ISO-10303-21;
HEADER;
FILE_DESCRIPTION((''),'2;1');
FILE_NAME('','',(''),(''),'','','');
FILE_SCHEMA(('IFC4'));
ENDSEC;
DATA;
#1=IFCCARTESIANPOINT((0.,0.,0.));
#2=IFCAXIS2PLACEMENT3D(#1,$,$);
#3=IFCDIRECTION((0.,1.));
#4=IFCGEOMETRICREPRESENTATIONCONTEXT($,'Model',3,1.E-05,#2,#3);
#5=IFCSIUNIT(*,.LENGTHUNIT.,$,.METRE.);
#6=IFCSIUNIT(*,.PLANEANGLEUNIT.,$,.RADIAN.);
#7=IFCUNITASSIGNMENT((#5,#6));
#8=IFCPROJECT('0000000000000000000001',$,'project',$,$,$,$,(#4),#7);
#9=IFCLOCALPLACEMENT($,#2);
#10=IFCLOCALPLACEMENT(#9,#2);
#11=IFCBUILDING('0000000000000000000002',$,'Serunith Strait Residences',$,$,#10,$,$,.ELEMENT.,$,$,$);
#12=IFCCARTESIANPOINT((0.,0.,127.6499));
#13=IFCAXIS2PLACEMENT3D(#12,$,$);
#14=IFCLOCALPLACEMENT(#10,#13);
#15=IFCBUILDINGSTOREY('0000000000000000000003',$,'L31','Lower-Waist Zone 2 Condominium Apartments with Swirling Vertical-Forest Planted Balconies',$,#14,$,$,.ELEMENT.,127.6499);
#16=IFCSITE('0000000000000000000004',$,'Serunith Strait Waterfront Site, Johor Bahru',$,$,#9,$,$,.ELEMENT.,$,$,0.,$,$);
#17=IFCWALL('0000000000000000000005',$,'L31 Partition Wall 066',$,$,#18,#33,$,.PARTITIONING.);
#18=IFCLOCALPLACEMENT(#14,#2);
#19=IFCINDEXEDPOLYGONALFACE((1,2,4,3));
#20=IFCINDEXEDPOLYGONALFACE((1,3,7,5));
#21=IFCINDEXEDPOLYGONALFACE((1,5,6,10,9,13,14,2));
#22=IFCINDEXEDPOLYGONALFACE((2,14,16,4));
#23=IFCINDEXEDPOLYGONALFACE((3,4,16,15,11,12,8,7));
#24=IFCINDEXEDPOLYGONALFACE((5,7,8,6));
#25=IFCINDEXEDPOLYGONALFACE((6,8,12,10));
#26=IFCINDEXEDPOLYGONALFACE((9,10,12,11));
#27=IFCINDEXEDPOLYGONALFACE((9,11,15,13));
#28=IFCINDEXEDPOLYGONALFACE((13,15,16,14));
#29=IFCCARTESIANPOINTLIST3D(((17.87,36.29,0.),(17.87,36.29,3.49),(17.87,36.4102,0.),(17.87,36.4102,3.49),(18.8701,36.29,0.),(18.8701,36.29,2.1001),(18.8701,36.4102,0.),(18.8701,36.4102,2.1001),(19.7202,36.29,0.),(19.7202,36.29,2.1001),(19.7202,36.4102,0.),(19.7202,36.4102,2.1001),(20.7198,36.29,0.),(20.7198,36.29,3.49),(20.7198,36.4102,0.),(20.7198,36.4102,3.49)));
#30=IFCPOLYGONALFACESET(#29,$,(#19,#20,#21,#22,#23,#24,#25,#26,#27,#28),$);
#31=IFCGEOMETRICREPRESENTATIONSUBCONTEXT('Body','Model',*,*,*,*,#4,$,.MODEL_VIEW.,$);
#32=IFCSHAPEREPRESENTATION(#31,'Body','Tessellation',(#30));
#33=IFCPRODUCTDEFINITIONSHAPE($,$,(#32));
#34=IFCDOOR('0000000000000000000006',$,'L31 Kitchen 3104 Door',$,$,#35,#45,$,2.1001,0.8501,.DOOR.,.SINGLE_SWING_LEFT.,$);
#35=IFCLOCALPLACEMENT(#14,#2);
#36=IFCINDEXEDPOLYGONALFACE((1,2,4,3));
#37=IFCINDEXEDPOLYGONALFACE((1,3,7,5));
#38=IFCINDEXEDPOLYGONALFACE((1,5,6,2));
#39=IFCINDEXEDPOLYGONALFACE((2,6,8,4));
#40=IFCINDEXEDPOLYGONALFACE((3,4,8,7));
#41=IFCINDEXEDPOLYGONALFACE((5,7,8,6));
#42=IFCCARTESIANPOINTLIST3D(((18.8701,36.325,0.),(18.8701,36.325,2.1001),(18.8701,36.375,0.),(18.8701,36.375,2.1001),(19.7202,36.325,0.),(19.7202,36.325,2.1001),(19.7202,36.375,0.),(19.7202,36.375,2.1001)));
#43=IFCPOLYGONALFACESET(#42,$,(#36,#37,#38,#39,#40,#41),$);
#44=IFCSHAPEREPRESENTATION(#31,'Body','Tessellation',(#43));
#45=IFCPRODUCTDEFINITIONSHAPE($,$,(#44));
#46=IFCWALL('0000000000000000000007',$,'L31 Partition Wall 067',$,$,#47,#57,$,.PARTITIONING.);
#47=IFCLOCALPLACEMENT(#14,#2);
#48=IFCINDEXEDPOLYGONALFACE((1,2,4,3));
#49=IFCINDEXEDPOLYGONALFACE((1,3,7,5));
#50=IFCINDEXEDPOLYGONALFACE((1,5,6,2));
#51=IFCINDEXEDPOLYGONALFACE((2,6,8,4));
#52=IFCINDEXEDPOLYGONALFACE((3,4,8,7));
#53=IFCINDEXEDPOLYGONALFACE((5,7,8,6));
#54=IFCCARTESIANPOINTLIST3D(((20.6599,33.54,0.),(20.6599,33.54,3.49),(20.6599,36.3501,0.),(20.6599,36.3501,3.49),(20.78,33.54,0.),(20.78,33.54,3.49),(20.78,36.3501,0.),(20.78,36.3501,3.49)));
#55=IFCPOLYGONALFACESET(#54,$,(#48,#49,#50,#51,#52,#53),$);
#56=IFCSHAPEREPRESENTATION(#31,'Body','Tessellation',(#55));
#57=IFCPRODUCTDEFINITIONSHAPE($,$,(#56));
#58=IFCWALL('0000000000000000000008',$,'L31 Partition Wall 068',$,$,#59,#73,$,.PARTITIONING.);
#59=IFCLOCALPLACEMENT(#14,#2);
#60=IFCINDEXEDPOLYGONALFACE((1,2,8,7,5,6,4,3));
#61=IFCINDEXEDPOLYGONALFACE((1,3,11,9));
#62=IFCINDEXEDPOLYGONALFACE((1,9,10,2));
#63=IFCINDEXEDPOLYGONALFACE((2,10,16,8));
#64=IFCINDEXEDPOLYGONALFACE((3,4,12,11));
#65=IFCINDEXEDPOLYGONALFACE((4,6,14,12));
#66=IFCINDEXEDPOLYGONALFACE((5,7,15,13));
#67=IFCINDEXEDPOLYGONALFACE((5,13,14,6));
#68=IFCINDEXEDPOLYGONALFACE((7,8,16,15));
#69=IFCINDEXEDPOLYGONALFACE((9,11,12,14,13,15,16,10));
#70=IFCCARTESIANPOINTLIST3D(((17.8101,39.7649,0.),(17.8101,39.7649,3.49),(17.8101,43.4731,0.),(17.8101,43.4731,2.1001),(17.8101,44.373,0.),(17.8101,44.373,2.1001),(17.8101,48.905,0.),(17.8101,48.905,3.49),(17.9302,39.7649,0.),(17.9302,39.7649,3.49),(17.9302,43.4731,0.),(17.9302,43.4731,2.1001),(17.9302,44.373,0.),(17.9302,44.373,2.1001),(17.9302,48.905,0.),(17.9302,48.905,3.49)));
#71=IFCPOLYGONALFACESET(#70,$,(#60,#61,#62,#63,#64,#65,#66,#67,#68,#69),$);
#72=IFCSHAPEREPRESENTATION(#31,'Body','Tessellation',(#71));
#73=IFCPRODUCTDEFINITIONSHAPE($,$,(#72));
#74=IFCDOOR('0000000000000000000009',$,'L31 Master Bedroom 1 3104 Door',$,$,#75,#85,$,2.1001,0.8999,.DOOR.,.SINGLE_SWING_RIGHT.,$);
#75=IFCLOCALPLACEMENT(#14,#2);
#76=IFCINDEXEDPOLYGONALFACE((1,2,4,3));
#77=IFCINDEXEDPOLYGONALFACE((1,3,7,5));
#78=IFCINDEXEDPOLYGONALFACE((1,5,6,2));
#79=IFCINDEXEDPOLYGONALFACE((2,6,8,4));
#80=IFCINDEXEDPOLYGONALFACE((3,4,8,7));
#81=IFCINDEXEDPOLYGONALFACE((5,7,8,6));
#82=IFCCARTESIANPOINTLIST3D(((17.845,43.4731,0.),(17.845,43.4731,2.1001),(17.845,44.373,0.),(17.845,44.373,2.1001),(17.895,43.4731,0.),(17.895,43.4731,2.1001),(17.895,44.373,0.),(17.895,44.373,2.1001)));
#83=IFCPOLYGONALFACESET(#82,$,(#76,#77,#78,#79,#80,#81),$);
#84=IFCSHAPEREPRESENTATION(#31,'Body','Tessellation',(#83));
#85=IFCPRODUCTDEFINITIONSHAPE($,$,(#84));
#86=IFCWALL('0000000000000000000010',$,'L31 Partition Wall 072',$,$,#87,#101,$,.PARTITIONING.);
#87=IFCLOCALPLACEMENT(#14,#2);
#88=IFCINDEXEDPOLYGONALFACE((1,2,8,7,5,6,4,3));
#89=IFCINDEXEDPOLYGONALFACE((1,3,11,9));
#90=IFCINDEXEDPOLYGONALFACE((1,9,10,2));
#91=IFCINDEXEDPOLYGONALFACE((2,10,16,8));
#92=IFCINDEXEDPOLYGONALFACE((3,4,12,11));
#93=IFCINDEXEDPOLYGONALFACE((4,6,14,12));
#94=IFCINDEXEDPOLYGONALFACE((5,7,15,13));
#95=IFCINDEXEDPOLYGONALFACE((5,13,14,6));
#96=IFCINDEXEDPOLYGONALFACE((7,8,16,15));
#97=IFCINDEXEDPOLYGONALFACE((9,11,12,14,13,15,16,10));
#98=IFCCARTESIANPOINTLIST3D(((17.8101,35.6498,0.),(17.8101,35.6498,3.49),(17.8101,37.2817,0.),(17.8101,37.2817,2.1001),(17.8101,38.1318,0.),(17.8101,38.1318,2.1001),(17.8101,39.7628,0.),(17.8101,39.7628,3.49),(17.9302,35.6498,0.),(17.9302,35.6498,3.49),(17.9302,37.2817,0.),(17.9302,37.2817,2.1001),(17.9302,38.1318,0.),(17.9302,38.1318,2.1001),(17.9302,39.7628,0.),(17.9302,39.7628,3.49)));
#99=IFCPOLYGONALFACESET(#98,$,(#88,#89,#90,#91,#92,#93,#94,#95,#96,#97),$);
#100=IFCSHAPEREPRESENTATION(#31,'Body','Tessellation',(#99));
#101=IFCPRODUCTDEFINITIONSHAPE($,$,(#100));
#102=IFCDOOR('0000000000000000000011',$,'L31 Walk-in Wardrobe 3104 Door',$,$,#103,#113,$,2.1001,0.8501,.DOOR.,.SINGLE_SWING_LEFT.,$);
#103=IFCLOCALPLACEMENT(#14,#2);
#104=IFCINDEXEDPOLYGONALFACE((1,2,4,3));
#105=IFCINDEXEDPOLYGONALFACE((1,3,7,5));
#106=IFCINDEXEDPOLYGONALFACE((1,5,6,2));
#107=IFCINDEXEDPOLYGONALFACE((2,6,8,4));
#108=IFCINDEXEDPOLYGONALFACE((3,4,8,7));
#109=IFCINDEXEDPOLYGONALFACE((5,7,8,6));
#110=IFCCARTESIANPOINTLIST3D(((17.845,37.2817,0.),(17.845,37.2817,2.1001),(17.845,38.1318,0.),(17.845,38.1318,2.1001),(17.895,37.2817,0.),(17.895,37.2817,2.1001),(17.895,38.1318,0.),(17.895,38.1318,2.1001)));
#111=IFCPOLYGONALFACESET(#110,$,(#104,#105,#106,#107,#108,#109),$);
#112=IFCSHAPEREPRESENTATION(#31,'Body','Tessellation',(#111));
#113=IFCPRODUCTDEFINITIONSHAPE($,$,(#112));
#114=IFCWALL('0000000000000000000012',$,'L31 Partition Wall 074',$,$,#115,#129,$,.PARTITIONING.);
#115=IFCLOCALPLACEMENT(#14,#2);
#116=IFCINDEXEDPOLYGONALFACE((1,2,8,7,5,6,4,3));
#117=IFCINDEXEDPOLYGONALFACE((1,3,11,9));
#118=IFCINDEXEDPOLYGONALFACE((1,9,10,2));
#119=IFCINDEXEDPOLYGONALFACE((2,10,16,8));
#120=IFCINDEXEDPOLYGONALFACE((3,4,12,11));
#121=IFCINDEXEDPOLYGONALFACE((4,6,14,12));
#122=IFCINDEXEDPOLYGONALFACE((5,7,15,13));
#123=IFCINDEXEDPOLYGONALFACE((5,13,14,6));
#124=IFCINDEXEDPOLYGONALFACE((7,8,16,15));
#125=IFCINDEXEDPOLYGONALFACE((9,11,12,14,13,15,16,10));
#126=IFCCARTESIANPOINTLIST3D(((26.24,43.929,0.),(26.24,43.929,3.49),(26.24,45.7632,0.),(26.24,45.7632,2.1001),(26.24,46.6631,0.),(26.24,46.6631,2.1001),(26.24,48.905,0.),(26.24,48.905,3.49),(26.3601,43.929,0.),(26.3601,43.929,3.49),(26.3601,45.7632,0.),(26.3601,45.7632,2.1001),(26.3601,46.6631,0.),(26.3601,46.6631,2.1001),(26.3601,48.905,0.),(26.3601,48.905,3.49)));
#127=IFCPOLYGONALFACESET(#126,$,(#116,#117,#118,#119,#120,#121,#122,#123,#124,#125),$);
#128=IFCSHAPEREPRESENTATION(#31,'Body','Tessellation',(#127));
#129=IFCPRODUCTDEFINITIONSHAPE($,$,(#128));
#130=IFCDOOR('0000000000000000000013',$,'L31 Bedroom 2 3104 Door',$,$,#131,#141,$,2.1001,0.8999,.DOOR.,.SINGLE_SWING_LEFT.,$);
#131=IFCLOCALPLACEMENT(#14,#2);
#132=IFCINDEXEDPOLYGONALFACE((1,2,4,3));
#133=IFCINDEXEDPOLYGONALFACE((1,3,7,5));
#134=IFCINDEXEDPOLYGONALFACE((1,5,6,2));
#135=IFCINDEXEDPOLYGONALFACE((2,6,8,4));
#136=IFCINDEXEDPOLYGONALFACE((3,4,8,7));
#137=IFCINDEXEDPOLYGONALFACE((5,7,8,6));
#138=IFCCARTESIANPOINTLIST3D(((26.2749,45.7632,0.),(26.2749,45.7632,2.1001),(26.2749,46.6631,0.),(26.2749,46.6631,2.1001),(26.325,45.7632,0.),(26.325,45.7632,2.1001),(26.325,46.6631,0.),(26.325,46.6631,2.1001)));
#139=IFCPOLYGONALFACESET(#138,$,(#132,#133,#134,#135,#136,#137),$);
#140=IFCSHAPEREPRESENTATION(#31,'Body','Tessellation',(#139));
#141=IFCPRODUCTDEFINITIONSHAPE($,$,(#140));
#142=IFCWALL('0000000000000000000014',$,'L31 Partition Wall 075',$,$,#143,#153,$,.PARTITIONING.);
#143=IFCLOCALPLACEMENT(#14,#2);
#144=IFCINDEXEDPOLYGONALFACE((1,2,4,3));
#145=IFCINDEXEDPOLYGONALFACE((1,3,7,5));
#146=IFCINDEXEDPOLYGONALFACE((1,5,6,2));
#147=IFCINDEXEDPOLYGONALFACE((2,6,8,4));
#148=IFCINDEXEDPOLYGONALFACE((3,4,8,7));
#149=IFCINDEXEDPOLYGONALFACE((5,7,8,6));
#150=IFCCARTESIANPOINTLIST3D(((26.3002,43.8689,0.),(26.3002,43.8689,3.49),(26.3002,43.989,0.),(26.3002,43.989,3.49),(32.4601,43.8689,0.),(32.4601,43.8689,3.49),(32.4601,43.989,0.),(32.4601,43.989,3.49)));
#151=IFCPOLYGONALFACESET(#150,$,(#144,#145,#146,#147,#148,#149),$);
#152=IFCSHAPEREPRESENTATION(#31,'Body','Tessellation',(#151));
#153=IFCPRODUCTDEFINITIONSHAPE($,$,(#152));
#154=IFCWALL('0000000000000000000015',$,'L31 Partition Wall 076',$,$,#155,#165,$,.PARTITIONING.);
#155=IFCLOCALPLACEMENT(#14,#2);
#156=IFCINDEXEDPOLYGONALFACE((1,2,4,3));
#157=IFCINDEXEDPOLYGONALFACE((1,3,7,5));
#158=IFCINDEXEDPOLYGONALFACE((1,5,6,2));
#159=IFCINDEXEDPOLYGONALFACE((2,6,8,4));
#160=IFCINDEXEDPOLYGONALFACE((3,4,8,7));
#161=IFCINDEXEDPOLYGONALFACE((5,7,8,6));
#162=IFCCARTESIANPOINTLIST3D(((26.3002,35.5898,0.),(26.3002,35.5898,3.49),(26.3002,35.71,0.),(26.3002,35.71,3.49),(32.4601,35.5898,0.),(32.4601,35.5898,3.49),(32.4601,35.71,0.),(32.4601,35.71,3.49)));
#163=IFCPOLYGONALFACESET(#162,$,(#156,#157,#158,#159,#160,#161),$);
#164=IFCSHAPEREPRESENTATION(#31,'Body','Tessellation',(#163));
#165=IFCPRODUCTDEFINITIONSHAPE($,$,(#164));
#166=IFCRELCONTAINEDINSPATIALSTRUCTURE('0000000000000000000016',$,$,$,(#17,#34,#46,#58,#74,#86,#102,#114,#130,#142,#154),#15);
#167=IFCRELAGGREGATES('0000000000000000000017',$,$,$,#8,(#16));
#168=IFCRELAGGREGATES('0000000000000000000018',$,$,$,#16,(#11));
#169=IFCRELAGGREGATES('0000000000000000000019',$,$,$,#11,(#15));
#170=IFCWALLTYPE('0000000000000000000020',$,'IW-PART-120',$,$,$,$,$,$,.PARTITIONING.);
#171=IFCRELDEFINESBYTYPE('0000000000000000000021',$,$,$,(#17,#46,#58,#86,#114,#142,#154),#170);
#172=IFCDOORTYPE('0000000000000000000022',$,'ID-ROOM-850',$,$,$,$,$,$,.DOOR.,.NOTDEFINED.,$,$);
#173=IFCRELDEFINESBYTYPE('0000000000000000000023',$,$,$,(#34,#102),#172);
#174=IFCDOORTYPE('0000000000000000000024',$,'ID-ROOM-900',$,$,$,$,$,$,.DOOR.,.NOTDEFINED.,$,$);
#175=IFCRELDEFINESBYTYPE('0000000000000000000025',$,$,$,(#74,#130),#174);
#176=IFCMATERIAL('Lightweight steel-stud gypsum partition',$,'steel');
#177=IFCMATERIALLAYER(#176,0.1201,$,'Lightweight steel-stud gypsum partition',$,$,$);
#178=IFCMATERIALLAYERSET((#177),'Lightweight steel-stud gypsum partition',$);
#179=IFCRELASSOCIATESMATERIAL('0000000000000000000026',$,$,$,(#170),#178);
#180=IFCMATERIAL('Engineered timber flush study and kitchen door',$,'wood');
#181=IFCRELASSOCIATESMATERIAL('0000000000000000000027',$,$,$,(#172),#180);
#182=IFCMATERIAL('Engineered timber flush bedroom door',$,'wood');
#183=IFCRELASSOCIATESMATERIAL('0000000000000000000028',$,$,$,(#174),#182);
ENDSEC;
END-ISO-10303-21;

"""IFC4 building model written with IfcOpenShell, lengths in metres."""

from ifc_helpers import new_model, si_unit, direction, frame, frame_2d, origin, place, context, subcontext, project, spatial, rectangle, extrude, source, transform, mapped, material, layer, layer_set, type_object, element, fill, save


model = new_model("IFC4")

# Units and contexts
model_context = context("Model", 3, precision=1e-05, world=origin(), true_north=direction((0.0, 1.0)))
body_context = subcontext(model_context, "Body", "Model", "MODEL_VIEW")
ifc_project = project(units=[si_unit("LENGTHUNIT", "METRE"), si_unit("PLANEANGLEUNIT", "RADIAN")], contexts=[model_context])

# Site, building, storey
site_placement = place(None, origin())
site = spatial("IfcSite", under=ifc_project, at=site_placement, Name="Serunith Strait Waterfront Site, Johor Bahru", CompositionType="ELEMENT", RefElevation=0.0)
building_placement = place(site_placement, origin())
building = spatial("IfcBuilding", under=site, at=building_placement, Name="Serunith Strait Residences", CompositionType="ELEMENT")
storey_placement = place(building_placement, frame((0.0, 0.0, 127.6499)))
storey = spatial("IfcBuildingStorey", under=building, at=storey_placement, Name="L31", Description="Lower-Waist Zone 2 Condominium Apartments with Swirling Vertical-Forest Planted Balconies", CompositionType="ELEMENT", Elevation=127.6499)

# Wall, opening, door
ifc_material_1 = material(Name="Lightweight steel-stud gypsum partition", Category="steel")
ifc_layer_1 = layer(ifc_material_1, 0.1201, Name="Lightweight steel-stud gypsum partition")
ifc_layer_set_1 = layer_set([ifc_layer_1], Name="Lightweight steel-stud gypsum partition")
wall_type = type_object("IfcWallType", Name="IW-PART-120", PredefinedType="PARTITIONING", material=ifc_layer_set_1)
wall_1_placement = place(storey_placement, frame((17.8701, 36.3501, 0.0), z_axis=(0.0, 0.0, 1.0), x_axis=(1.0, 0.0, 0.0)))
wall_1 = element("IfcWall", 1, at=wall_1_placement, inside=storey, type_object=wall_type, Name="L31 Partition Wall 066", PredefinedType="PARTITIONING", context=body_context, shape_type="SweptSolid", body=[
    extrude(rectangle(XDim=2.8499, YDim=0.1201, at=frame_2d((1.4248, 0.0))), origin(), (0.0, 0.0, 1.0), 3.49),
])
opening_1_placement = place(wall_1_placement, frame((1.0, 0.0, 0.0)))
opening_1 = element("IfcOpeningElement", 2, at=opening_1_placement, cuts=wall_1, PredefinedType="OPENING", context=body_context, shape_type="SweptSolid", body=[
    extrude(rectangle(XDim=0.8501, YDim=2.1001, at=frame_2d((0.425, 1.05))), frame((0.0, 0.0701, 0.0), z_axis=(0.0, -1.0, 0.0), x_axis=(1.0, 0.0, 0.0)), (0.0, 0.0, 1.0), 0.1401),
])
ifc_material_2 = material(Name="Engineered timber flush study and kitchen door", Category="wood")
door_type_1 = type_object("IfcDoorType", Name="ID-ROOM-850", OperationType="NOTDEFINED", PredefinedType="DOOR", material=ifc_material_2)
shared_shape_1 = source(origin(), body_context, "Body", "SweptSolid", [
    extrude(rectangle(XDim=0.8501, YDim=2.1001, at=frame_2d((0.425, 1.05))), frame((0.0, 0.0249, 0.0), z_axis=(0.0, -1.0, 0.0), x_axis=(1.0, 0.0, 0.0)), (0.0, 0.0, 1.0), 0.05),
])
door_1_placement = place(opening_1_placement, origin())
door_1 = element("IfcDoor", 3, at=door_1_placement, inside=storey, type_object=door_type_1, Name="L31 Kitchen 3104 Door", OperationType="SINGLE_SWING_LEFT", OverallHeight=2.1001, OverallWidth=0.8501, PredefinedType="DOOR", context=body_context, shape_type="MappedRepresentation", body=[
    mapped(shared_shape_1, transform((0.0, 0.0, 0.0), scale=1.0)),
])
fill(opening_1, door_1)

# Wall
wall_2_placement = place(storey_placement, frame((20.72, 36.3501, 0.0), z_axis=(0.0, 0.0, 1.0), x_axis=(0.0, -1.0, 0.0)))
element("IfcWall", 4, at=wall_2_placement, inside=storey, type_object=wall_type, Name="L31 Partition Wall 067", PredefinedType="PARTITIONING", context=body_context, shape_type="SweptSolid", body=[
    extrude(rectangle(XDim=2.8101, YDim=0.1201, at=frame_2d((1.405, 0.0))), origin(), (0.0, 0.0, 1.0), 3.49),
])

# Walls, openings, doors
wall_3_placement = place(storey_placement, frame((17.8701, 48.905, 0.0), z_axis=(0.0, 0.0, 1.0), x_axis=(0.0, -1.0, 0.0)))
wall_3 = element("IfcWall", 5, at=wall_3_placement, inside=storey, type_object=wall_type, Name="L31 Partition Wall 068", PredefinedType="PARTITIONING", context=body_context, shape_type="SweptSolid", body=[
    extrude(rectangle(XDim=9.1401, YDim=0.1201, at=frame_2d((4.5701, 0.0))), origin(), (0.0, 0.0, 1.0), 3.49),
])
opening_2_placement = place(wall_3_placement, frame((4.532, 0.0, 0.0)))
opening_2 = element("IfcOpeningElement", 6, at=opening_2_placement, cuts=wall_3, PredefinedType="OPENING", context=body_context, shape_type="SweptSolid", body=[
    extrude(rectangle(XDim=0.8999, YDim=2.1001, at=frame_2d((0.45, 1.05))), frame((0.0, 0.0701, 0.0), z_axis=(0.0, -1.0, 0.0), x_axis=(1.0, 0.0, 0.0)), (0.0, 0.0, 1.0), 0.1401),
])
ifc_material_3 = material(Name="Engineered timber flush bedroom door", Category="wood")
door_type_2 = type_object("IfcDoorType", Name="ID-ROOM-900", OperationType="NOTDEFINED", PredefinedType="DOOR", material=ifc_material_3)
shared_shape_2 = source(origin(), body_context, "Body", "SweptSolid", [
    extrude(rectangle(XDim=0.8999, YDim=2.1001, at=frame_2d((0.45, 1.05))), frame((0.0, 0.0249, 0.0), z_axis=(0.0, -1.0, 0.0), x_axis=(1.0, 0.0, 0.0)), (0.0, 0.0, 1.0), 0.05),
])
door_2_placement = place(opening_2_placement, origin())
door_2 = element("IfcDoor", 7, at=door_2_placement, inside=storey, type_object=door_type_2, Name="L31 Master Bedroom 1 3104 Door", OperationType="SINGLE_SWING_RIGHT", OverallHeight=2.1001, OverallWidth=0.8999, PredefinedType="DOOR", context=body_context, shape_type="MappedRepresentation", body=[
    mapped(shared_shape_2, transform((0.0, 0.0, 0.0), scale=1.0)),
])
fill(opening_2, door_2)
wall_4_placement = place(storey_placement, frame((17.8701, 39.7629, 0.0), z_axis=(0.0, 0.0, 1.0), x_axis=(0.0, -1.0, 0.0)))
wall_4 = element("IfcWall", 8, at=wall_4_placement, inside=storey, type_object=wall_type, Name="L31 Partition Wall 072", PredefinedType="PARTITIONING", context=body_context, shape_type="SweptSolid", body=[
    extrude(rectangle(XDim=4.113, YDim=0.1201, at=frame_2d((2.0566, 0.0))), origin(), (0.0, 0.0, 1.0), 3.49),
])
opening_3_placement = place(wall_4_placement, frame((1.6311, 0.0, 0.0)))
opening_3 = element("IfcOpeningElement", 9, at=opening_3_placement, cuts=wall_4, PredefinedType="OPENING", context=body_context, shape_type="SweptSolid", body=[
    extrude(rectangle(XDim=0.8501, YDim=2.1001, at=frame_2d((0.425, 1.05))), frame((0.0, 0.0701, 0.0), z_axis=(0.0, -1.0, 0.0), x_axis=(1.0, 0.0, 0.0)), (0.0, 0.0, 1.0), 0.1401),
])
door_3_placement = place(opening_3_placement, origin())
door_3 = element("IfcDoor", 10, at=door_3_placement, inside=storey, type_object=door_type_1, Name="L31 Walk-in Wardrobe 3104 Door", OperationType="SINGLE_SWING_LEFT", OverallHeight=2.1001, OverallWidth=0.8501, PredefinedType="DOOR", context=body_context, shape_type="MappedRepresentation", body=[
    mapped(shared_shape_1, transform((0.0, 0.0, 0.0), scale=1.0)),
])
fill(opening_3, door_3)
wall_5_placement = place(storey_placement, frame((26.3, 48.905, 0.0), z_axis=(0.0, 0.0, 1.0), x_axis=(0.0, -1.0, 0.0)))
wall_5 = element("IfcWall", 11, at=wall_5_placement, inside=storey, type_object=wall_type, Name="L31 Partition Wall 074", PredefinedType="PARTITIONING", context=body_context, shape_type="SweptSolid", body=[
    extrude(rectangle(XDim=4.9761, YDim=0.1201, at=frame_2d((2.488, 0.0))), origin(), (0.0, 0.0, 1.0), 3.49),
])
opening_4_placement = place(wall_5_placement, frame((2.2419, 0.0, 0.0)))
opening_4 = element("IfcOpeningElement", 12, at=opening_4_placement, cuts=wall_5, PredefinedType="OPENING", context=body_context, shape_type="SweptSolid", body=[
    extrude(rectangle(XDim=0.8999, YDim=2.1001, at=frame_2d((0.45, 1.05))), frame((0.0, 0.0701, 0.0), z_axis=(0.0, -1.0, 0.0), x_axis=(1.0, 0.0, 0.0)), (0.0, 0.0, 1.0), 0.1401),
])
door_4_placement = place(opening_4_placement, origin())
door_4 = element("IfcDoor", 13, at=door_4_placement, inside=storey, type_object=door_type_2, Name="L31 Bedroom 2 3104 Door", OperationType="SINGLE_SWING_LEFT", OverallHeight=2.1001, OverallWidth=0.8999, PredefinedType="DOOR", context=body_context, shape_type="MappedRepresentation", body=[
    mapped(shared_shape_2, transform((0.0, 0.0, 0.0), scale=1.0)),
])
fill(opening_4, door_4)

# Walls
for number, where, z_axis, x_axis, name in (
    (14, (26.3, 43.929, 0.0), (0.0, 0.0, 1.0), (1.0, 0.0, 0.0), "L31 Partition Wall 075"),
    (15, (26.3, 35.6499, 0.0), (0.0, 0.0, 1.0), (1.0, 0.0, 0.0), "L31 Partition Wall 076"),
):
    element("IfcWall", number, at=place(storey_placement, frame(where, z_axis=z_axis, x_axis=x_axis)), inside=storey, type_object=wall_type, Name=name, PredefinedType="PARTITIONING", context=body_context, shape_type="SweptSolid", body=[
        extrude(rectangle(XDim=6.1599, YDim=0.1201, at=frame_2d((3.0801, 0.0))), origin(), (0.0, 0.0, 1.0), 3.49),
    ])

save(model, "model.ifc")
